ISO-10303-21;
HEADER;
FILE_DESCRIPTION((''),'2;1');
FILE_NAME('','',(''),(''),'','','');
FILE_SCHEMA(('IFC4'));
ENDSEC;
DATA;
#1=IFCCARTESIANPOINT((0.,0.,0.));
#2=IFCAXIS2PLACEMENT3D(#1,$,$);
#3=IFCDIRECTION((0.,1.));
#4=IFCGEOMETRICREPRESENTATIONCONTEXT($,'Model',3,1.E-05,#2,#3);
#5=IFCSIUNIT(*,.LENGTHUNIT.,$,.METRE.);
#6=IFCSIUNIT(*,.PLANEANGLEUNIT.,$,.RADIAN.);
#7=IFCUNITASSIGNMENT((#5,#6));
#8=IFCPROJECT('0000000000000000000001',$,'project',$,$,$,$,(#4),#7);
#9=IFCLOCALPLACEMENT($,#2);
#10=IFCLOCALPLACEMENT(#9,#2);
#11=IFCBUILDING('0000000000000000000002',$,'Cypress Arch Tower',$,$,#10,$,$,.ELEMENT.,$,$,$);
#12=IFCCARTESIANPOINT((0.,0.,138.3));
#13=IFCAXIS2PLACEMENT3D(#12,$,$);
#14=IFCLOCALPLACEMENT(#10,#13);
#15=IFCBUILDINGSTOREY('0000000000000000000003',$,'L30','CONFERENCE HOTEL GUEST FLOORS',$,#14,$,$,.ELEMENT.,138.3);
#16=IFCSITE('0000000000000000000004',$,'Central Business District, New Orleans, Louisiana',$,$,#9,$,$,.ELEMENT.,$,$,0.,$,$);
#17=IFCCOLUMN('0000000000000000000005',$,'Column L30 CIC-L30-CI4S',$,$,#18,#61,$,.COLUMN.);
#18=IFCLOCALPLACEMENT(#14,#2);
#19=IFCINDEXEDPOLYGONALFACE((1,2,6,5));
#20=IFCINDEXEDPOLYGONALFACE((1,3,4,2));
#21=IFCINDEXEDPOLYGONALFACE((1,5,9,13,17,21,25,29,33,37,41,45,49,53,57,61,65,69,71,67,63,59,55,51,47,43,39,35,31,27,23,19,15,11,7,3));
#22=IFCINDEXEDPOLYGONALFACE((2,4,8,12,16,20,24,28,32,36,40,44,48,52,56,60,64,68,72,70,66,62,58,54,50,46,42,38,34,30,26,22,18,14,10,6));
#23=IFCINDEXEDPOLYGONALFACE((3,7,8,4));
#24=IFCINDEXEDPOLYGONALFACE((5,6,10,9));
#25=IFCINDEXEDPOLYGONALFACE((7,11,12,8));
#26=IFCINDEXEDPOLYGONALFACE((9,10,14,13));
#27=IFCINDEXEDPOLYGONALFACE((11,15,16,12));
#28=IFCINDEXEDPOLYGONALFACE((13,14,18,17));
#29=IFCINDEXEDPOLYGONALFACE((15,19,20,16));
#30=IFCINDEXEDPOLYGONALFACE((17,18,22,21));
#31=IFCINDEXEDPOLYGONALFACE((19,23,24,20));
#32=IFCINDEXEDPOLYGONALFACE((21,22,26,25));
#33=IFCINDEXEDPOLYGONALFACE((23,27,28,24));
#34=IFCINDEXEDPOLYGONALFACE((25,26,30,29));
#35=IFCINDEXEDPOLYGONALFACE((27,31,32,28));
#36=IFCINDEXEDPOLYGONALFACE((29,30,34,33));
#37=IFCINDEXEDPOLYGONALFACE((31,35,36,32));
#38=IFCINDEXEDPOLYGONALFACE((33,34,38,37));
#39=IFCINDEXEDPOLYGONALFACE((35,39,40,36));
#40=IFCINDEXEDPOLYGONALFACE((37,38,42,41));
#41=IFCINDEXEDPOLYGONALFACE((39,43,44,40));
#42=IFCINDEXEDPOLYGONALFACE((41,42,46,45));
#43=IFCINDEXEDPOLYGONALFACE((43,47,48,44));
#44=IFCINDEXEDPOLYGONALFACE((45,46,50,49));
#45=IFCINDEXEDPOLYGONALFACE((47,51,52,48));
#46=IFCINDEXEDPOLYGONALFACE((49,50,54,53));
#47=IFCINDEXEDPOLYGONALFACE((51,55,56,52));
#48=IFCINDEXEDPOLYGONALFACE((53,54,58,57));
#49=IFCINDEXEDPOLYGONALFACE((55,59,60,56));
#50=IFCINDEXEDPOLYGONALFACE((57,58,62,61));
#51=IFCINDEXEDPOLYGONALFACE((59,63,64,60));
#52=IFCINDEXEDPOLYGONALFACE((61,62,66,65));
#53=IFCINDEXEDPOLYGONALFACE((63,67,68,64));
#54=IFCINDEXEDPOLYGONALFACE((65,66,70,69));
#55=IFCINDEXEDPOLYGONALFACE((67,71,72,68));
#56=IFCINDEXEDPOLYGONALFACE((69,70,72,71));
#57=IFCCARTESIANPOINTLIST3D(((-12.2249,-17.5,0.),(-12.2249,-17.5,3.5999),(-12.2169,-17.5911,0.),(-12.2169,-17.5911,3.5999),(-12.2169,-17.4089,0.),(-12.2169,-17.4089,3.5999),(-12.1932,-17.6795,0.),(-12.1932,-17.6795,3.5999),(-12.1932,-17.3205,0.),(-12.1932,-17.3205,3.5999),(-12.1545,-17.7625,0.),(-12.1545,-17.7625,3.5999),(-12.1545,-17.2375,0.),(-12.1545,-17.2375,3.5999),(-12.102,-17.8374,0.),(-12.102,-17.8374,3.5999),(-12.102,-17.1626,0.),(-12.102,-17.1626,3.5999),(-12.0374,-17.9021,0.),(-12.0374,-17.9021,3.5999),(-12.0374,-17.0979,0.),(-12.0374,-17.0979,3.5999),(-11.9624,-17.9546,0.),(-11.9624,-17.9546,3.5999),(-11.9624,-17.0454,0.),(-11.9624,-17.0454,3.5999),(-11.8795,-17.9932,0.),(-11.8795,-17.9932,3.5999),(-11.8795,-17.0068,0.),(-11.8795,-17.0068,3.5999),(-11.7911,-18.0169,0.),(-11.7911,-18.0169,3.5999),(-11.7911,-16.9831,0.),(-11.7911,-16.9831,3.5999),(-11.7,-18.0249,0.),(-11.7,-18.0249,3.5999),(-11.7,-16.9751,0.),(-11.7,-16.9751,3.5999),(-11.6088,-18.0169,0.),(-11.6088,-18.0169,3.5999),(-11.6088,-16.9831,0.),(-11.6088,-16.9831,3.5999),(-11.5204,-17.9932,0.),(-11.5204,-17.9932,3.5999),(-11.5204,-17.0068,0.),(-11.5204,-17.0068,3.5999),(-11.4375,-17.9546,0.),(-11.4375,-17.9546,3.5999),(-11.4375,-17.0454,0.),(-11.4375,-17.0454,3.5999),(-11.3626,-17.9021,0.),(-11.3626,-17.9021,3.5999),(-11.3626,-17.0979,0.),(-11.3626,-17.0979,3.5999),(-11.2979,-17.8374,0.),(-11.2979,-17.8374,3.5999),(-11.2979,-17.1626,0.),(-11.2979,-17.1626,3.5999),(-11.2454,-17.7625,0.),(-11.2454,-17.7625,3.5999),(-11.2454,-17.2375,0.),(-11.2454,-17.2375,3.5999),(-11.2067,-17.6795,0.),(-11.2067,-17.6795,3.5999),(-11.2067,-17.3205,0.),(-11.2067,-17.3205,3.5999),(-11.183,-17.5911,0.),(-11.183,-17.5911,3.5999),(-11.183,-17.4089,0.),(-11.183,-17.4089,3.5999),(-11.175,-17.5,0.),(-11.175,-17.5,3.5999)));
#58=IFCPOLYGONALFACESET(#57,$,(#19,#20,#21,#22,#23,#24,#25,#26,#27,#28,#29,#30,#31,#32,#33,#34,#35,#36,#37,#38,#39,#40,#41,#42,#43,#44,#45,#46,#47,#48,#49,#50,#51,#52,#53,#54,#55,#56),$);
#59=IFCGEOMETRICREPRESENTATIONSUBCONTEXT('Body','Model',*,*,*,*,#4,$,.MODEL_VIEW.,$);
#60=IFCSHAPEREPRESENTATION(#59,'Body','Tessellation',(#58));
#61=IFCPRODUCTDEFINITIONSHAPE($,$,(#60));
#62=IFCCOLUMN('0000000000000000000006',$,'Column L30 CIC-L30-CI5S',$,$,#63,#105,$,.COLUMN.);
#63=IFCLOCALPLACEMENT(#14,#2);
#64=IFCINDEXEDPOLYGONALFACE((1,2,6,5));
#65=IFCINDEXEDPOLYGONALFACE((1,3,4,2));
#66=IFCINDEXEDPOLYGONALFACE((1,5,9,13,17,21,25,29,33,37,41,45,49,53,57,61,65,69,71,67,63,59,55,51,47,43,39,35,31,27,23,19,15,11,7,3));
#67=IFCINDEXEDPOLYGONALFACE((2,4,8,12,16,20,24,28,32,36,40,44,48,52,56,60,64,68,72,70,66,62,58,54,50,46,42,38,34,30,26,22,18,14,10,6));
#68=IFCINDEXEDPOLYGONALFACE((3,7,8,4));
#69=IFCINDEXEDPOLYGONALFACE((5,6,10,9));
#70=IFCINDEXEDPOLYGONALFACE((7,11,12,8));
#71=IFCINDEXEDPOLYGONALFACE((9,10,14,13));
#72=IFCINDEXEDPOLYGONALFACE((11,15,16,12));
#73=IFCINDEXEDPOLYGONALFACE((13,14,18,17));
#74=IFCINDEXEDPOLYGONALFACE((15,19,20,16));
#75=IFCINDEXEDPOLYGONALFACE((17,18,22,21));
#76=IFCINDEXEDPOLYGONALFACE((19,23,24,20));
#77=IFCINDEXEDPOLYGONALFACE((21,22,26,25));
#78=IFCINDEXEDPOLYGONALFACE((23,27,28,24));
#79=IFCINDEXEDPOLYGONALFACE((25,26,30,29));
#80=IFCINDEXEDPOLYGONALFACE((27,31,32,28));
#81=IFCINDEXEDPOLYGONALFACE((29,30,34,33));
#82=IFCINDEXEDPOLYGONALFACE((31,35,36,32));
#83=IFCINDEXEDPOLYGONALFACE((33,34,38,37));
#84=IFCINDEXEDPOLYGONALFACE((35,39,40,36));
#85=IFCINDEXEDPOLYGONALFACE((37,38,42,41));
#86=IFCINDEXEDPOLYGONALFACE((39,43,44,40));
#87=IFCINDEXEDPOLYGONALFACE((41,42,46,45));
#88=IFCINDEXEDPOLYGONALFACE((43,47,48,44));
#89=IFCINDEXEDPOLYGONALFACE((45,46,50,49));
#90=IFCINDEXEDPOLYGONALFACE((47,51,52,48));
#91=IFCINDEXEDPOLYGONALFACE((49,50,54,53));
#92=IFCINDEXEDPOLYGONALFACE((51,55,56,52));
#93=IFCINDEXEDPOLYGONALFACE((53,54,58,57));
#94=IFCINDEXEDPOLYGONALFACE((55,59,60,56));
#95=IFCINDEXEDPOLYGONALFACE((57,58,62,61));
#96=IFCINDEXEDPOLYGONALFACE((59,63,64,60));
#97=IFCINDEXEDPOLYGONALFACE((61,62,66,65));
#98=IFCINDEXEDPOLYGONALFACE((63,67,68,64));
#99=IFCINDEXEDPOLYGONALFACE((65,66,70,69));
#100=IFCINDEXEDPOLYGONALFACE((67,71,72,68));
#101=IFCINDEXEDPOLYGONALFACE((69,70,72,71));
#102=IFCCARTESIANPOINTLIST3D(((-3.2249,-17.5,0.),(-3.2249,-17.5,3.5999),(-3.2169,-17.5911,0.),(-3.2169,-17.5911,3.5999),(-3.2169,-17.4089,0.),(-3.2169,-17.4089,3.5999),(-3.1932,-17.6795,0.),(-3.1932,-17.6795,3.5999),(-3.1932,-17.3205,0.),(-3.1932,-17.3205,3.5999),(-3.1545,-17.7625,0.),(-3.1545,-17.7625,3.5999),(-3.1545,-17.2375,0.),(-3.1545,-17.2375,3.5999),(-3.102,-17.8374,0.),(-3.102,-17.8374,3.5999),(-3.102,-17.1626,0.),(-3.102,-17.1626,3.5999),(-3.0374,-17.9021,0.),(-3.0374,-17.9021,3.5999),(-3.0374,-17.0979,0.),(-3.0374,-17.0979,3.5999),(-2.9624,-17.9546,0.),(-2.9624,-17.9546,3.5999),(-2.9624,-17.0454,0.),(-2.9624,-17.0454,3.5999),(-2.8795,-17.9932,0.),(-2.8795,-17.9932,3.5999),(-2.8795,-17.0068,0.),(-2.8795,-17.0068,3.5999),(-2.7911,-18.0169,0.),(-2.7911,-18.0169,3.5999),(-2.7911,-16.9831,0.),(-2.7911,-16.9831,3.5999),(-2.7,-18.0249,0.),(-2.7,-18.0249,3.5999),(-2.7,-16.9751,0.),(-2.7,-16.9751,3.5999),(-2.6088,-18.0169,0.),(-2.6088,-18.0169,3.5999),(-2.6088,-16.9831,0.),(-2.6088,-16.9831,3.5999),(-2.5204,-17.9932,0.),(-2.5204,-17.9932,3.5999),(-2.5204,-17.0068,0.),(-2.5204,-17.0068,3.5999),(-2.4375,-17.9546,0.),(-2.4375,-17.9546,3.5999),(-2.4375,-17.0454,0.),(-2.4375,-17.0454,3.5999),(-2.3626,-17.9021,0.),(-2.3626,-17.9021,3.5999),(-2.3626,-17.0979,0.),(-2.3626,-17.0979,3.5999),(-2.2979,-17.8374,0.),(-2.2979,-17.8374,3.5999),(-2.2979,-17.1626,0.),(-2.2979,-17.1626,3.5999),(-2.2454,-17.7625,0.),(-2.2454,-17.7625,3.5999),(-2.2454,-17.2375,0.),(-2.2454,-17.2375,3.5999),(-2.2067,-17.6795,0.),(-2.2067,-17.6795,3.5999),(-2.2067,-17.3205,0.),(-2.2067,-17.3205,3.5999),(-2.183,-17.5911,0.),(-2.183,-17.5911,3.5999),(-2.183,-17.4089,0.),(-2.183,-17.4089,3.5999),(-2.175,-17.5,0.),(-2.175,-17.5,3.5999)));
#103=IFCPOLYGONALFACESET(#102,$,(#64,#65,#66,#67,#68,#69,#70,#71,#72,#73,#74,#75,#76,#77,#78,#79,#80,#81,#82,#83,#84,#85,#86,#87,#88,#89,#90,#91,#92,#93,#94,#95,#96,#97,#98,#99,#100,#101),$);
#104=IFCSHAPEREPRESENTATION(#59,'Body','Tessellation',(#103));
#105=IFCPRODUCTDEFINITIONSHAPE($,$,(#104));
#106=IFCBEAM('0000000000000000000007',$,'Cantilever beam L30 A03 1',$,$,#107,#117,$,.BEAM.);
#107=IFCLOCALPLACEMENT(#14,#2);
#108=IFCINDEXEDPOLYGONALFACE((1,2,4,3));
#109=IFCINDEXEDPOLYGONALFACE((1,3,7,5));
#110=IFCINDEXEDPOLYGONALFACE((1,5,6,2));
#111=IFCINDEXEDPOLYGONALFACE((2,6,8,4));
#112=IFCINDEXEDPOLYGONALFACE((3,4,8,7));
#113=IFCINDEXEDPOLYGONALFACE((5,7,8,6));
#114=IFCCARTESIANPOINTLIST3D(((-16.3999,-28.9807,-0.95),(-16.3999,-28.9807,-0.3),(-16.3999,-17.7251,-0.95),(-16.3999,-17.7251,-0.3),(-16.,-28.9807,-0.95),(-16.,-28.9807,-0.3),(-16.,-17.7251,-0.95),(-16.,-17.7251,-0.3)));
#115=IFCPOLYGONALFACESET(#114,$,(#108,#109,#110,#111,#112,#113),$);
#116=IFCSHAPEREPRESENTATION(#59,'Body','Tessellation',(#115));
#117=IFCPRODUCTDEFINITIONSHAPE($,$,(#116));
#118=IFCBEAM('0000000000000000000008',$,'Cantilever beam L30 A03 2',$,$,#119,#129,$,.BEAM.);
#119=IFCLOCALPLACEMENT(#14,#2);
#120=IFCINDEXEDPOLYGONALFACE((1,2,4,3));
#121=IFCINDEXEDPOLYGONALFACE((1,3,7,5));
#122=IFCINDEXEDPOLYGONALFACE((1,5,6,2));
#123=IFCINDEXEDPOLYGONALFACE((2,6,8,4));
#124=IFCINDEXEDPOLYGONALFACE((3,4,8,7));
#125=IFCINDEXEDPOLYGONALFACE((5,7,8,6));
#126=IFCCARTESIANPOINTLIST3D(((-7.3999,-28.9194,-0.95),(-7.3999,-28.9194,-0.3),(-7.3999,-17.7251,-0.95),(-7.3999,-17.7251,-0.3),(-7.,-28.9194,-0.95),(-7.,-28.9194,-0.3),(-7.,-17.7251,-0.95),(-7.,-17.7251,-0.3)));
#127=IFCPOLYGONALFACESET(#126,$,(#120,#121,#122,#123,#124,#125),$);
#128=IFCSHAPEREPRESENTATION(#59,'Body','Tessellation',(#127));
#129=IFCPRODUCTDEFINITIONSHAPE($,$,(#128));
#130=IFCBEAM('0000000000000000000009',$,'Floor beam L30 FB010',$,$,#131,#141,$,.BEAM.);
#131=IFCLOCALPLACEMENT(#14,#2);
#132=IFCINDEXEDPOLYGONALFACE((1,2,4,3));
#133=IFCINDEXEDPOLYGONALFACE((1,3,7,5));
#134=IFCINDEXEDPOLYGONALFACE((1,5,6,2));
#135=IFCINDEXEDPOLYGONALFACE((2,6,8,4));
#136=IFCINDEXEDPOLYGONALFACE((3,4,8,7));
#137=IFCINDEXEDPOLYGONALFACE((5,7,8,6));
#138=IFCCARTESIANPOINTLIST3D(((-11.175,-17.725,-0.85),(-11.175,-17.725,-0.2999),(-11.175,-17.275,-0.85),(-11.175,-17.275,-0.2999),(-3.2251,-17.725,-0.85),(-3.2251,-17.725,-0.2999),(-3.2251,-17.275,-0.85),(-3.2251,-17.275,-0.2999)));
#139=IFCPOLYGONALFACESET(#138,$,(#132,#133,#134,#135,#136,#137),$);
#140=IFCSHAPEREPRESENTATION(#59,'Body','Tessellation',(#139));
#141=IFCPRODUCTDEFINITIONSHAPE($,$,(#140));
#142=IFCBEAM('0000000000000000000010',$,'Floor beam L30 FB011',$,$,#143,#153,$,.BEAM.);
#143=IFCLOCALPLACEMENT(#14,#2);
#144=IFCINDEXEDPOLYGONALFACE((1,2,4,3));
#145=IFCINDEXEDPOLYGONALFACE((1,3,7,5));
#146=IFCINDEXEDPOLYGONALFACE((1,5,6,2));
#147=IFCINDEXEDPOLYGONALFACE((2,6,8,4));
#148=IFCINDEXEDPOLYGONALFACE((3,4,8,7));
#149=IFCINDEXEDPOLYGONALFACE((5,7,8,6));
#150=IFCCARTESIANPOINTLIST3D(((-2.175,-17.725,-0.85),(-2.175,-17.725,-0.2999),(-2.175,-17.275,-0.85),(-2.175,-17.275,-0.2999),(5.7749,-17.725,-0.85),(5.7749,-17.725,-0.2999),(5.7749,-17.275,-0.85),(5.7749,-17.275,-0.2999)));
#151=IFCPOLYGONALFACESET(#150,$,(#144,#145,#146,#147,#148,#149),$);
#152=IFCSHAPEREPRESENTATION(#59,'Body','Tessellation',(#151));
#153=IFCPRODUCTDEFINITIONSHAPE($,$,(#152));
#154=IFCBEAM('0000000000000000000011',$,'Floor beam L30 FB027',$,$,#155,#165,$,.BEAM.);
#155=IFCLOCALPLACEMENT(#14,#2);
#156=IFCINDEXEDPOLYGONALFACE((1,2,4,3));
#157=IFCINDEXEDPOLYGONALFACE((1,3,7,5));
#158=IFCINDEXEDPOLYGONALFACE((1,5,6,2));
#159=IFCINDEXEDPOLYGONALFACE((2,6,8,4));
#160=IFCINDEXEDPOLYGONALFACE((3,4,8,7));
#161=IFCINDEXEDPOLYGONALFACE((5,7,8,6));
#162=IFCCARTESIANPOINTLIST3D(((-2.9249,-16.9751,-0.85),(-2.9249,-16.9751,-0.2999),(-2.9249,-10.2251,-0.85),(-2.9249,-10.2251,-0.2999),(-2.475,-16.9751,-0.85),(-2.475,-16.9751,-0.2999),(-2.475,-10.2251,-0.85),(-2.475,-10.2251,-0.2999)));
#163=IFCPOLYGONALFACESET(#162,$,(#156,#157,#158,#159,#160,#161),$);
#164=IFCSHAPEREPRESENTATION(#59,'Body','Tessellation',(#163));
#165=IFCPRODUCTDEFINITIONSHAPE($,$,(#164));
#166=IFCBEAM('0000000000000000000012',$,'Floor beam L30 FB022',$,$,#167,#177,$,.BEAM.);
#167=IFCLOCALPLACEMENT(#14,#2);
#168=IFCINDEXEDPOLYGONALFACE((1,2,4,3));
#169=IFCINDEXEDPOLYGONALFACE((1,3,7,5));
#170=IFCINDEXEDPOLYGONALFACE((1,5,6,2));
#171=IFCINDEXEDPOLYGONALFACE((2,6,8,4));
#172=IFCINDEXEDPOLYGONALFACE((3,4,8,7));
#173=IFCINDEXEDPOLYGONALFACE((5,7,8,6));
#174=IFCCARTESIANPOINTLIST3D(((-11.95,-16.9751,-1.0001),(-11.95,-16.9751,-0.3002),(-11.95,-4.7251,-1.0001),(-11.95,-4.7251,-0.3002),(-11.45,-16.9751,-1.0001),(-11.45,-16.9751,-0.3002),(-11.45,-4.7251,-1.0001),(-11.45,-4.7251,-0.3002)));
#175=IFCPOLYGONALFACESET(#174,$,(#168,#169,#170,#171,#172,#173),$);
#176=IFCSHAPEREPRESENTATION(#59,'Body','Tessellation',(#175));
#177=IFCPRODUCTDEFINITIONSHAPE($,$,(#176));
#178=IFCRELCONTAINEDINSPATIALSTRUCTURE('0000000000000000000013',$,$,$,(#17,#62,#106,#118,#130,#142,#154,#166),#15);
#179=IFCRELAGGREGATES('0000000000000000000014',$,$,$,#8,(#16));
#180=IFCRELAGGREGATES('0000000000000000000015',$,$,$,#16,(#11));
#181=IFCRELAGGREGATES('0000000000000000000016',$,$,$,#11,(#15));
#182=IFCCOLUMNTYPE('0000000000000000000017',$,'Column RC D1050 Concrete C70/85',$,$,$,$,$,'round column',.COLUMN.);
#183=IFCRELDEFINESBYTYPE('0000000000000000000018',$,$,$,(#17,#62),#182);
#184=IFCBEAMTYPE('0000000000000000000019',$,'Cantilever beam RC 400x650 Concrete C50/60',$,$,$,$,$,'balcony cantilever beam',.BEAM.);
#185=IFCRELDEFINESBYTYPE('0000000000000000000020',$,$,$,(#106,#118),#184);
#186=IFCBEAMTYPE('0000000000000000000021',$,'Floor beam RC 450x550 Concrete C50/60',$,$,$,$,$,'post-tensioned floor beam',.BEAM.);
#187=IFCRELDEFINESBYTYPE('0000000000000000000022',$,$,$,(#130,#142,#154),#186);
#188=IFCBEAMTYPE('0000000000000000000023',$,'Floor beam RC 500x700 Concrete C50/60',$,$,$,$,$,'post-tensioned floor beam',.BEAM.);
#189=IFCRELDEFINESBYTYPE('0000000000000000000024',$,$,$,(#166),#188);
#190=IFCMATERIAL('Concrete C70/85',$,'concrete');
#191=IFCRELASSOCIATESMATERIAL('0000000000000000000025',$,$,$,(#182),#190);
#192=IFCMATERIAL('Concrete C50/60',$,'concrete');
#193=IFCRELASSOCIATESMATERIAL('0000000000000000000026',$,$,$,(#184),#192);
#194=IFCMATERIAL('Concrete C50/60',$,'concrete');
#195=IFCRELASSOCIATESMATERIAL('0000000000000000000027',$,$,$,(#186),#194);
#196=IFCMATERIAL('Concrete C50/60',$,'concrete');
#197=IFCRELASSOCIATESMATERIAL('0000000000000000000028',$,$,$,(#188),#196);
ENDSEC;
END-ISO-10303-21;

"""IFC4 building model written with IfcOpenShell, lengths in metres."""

from ifc_helpers import new_model, si_unit, direction, frame, origin, origin_2d, place, context, subcontext, project, spatial, rectangle, circle, extrude, material, material_profile, profile_set, type_object, element, save


model = new_model("IFC4")

# Units and contexts
model_context = context("Model", 3, precision=1e-05, world=origin(), true_north=direction((0.0, 1.0)))
body_context = subcontext(model_context, "Body", "Model", "MODEL_VIEW")
ifc_project = project(units=[si_unit("LENGTHUNIT", "METRE"), si_unit("PLANEANGLEUNIT", "RADIAN")], contexts=[model_context])

# Site, building, storey
site_placement = place(None, origin())
site = spatial("IfcSite", under=ifc_project, at=site_placement, Name="Central Business District, New Orleans, Louisiana", CompositionType="ELEMENT", RefElevation=0.0)
building_placement = place(site_placement, origin())
building = spatial("IfcBuilding", under=site, at=building_placement, Name="Cypress Arch Tower", CompositionType="ELEMENT")
storey_placement = place(building_placement, frame((0.0, 0.0, 138.3)))
storey = spatial("IfcBuildingStorey", under=building, at=storey_placement, Name="L30", Description="CONFERENCE HOTEL GUEST FLOORS", CompositionType="ELEMENT", Elevation=138.3)

# Columns
ifc_material_1 = material(Name="Concrete C70/85", Category="concrete")
ifc_material_profile_1 = material_profile(ifc_material_1, circle(Radius=0.5249, at=origin_2d()), Name="RC D1050")
ifc_profile_set_1 = profile_set([ifc_material_profile_1], Name="Concrete C70/85")
column_type = type_object("IfcColumnType", Name="Column RC D1050 Concrete C70/85", ElementType="round column", PredefinedType="COLUMN", material=ifc_profile_set_1)
for number, where, z_axis, x_axis, name in (
    (1, (-11.7, -17.5, 0.0), (0.0, 0.0, 1.0), (1.0, 0.0, 0.0), "Column L30 CIC-L30-CI4S"),
    (2, (-2.7, -17.5, 0.0), (0.0, 0.0, 1.0), (1.0, 0.0, 0.0), "Column L30 CIC-L30-CI5S"),
):
    element("IfcColumn", number, at=place(storey_placement, frame(where, z_axis=z_axis, x_axis=x_axis)), inside=storey, type_object=column_type, Name=name, PredefinedType="COLUMN", context=body_context, shape_type="SweptSolid", body=[
        extrude(circle(Radius=0.5249, at=origin_2d()), origin(), (0.0, 0.0, 1.0), 3.5999),
    ])

# Beams
ifc_material_2 = material(Name="Concrete C50/60", Category="concrete")
ifc_material_profile_2 = material_profile(ifc_material_2, rectangle(XDim=0.3999, YDim=0.6499, at=origin_2d()), Name="RC 400x650")
ifc_profile_set_2 = profile_set([ifc_material_profile_2], Name="Concrete C50/60")
beam_type_1 = type_object("IfcBeamType", Name="Cantilever beam RC 400x650 Concrete C50/60", ElementType="balcony cantilever beam", PredefinedType="BEAM", material=ifc_profile_set_2)
beam_1_placement = place(storey_placement, frame((-16.2, -17.7251, -0.625), z_axis=(0.0, -1.0, 0.0), x_axis=(1.0, 0.0, 0.0)))
element("IfcBeam", 3, at=beam_1_placement, inside=storey, type_object=beam_type_1, Name="Cantilever beam L30 A03 1", PredefinedType="BEAM", context=body_context, shape_type="SweptSolid", body=[
    extrude(rectangle(XDim=0.3999, YDim=0.6499, at=origin_2d()), origin(), (0.0, 0.0, 1.0), 11.2556),
])
beam_2_placement = place(storey_placement, frame((-7.2, -17.7251, -0.625), z_axis=(0.0, -1.0, 0.0), x_axis=(1.0, 0.0, 0.0)))
element("IfcBeam", 4, at=beam_2_placement, inside=storey, type_object=beam_type_1, Name="Cantilever beam L30 A03 2", PredefinedType="BEAM", context=body_context, shape_type="SweptSolid", body=[
    extrude(rectangle(XDim=0.3999, YDim=0.6499, at=origin_2d()), origin(), (0.0, 0.0, 1.0), 11.1943),
])
ifc_material_3 = material(Name="Concrete C50/60", Category="concrete")
ifc_material_profile_3 = material_profile(ifc_material_3, rectangle(XDim=0.45, YDim=0.55, at=origin_2d()), Name="RC 450x550")
ifc_profile_set_3 = profile_set([ifc_material_profile_3], Name="Concrete C50/60")
beam_type_2 = type_object("IfcBeamType", Name="Floor beam RC 450x550 Concrete C50/60", ElementType="post-tensioned floor beam", PredefinedType="BEAM", material=ifc_profile_set_3)
for number, where, z_axis, x_axis, name in (
    (5, (-11.175, -17.5, -0.575), (1.0, 0.0, 0.0), (0.0, 1.0, 0.0), "Floor beam L30 FB010"),
    (6, (-2.175, -17.5, -0.575), (1.0, 0.0, 0.0), (0.0, 1.0, 0.0), "Floor beam L30 FB011"),
):
    element("IfcBeam", number, at=place(storey_placement, frame(where, z_axis=z_axis, x_axis=x_axis)), inside=storey, type_object=beam_type_2, Name=name, PredefinedType="BEAM", context=body_context, shape_type="SweptSolid", body=[
        extrude(rectangle(XDim=0.45, YDim=0.55, at=origin_2d()), origin(), (0.0, 0.0, 1.0), 7.95),
    ])
beam_3_placement = place(storey_placement, frame((-2.7, -16.9751, -0.575), z_axis=(0.0, 1.0, 0.0), x_axis=(-1.0, 0.0, 0.0)))
element("IfcBeam", 7, at=beam_3_placement, inside=storey, type_object=beam_type_2, Name="Floor beam L30 FB027", PredefinedType="BEAM", context=body_context, shape_type="SweptSolid", body=[
    extrude(rectangle(XDim=0.45, YDim=0.55, at=origin_2d()), origin(), (0.0, 0.0, 1.0), 6.75),
])
ifc_material_4 = material(Name="Concrete C50/60", Category="concrete")
ifc_material_profile_4 = material_profile(ifc_material_4, rectangle(XDim=0.5, YDim=0.7, at=origin_2d()), Name="RC 500x700")
ifc_profile_set_4 = profile_set([ifc_material_profile_4], Name="Concrete C50/60")
beam_type_3 = type_object("IfcBeamType", Name="Floor beam RC 500x700 Concrete C50/60", ElementType="post-tensioned floor beam", PredefinedType="BEAM", material=ifc_profile_set_4)
beam_4_placement = place(storey_placement, frame((-11.7, -16.9751, -0.6501), z_axis=(0.0, 1.0, 0.0), x_axis=(-1.0, 0.0, 0.0)))
element("IfcBeam", 8, at=beam_4_placement, inside=storey, type_object=beam_type_3, Name="Floor beam L30 FB022", PredefinedType="BEAM", context=body_context, shape_type="SweptSolid", body=[
    extrude(rectangle(XDim=0.5, YDim=0.7, at=origin_2d()), origin(), (0.0, 0.0, 1.0), 12.25),
])

save(model, "model.ifc")
